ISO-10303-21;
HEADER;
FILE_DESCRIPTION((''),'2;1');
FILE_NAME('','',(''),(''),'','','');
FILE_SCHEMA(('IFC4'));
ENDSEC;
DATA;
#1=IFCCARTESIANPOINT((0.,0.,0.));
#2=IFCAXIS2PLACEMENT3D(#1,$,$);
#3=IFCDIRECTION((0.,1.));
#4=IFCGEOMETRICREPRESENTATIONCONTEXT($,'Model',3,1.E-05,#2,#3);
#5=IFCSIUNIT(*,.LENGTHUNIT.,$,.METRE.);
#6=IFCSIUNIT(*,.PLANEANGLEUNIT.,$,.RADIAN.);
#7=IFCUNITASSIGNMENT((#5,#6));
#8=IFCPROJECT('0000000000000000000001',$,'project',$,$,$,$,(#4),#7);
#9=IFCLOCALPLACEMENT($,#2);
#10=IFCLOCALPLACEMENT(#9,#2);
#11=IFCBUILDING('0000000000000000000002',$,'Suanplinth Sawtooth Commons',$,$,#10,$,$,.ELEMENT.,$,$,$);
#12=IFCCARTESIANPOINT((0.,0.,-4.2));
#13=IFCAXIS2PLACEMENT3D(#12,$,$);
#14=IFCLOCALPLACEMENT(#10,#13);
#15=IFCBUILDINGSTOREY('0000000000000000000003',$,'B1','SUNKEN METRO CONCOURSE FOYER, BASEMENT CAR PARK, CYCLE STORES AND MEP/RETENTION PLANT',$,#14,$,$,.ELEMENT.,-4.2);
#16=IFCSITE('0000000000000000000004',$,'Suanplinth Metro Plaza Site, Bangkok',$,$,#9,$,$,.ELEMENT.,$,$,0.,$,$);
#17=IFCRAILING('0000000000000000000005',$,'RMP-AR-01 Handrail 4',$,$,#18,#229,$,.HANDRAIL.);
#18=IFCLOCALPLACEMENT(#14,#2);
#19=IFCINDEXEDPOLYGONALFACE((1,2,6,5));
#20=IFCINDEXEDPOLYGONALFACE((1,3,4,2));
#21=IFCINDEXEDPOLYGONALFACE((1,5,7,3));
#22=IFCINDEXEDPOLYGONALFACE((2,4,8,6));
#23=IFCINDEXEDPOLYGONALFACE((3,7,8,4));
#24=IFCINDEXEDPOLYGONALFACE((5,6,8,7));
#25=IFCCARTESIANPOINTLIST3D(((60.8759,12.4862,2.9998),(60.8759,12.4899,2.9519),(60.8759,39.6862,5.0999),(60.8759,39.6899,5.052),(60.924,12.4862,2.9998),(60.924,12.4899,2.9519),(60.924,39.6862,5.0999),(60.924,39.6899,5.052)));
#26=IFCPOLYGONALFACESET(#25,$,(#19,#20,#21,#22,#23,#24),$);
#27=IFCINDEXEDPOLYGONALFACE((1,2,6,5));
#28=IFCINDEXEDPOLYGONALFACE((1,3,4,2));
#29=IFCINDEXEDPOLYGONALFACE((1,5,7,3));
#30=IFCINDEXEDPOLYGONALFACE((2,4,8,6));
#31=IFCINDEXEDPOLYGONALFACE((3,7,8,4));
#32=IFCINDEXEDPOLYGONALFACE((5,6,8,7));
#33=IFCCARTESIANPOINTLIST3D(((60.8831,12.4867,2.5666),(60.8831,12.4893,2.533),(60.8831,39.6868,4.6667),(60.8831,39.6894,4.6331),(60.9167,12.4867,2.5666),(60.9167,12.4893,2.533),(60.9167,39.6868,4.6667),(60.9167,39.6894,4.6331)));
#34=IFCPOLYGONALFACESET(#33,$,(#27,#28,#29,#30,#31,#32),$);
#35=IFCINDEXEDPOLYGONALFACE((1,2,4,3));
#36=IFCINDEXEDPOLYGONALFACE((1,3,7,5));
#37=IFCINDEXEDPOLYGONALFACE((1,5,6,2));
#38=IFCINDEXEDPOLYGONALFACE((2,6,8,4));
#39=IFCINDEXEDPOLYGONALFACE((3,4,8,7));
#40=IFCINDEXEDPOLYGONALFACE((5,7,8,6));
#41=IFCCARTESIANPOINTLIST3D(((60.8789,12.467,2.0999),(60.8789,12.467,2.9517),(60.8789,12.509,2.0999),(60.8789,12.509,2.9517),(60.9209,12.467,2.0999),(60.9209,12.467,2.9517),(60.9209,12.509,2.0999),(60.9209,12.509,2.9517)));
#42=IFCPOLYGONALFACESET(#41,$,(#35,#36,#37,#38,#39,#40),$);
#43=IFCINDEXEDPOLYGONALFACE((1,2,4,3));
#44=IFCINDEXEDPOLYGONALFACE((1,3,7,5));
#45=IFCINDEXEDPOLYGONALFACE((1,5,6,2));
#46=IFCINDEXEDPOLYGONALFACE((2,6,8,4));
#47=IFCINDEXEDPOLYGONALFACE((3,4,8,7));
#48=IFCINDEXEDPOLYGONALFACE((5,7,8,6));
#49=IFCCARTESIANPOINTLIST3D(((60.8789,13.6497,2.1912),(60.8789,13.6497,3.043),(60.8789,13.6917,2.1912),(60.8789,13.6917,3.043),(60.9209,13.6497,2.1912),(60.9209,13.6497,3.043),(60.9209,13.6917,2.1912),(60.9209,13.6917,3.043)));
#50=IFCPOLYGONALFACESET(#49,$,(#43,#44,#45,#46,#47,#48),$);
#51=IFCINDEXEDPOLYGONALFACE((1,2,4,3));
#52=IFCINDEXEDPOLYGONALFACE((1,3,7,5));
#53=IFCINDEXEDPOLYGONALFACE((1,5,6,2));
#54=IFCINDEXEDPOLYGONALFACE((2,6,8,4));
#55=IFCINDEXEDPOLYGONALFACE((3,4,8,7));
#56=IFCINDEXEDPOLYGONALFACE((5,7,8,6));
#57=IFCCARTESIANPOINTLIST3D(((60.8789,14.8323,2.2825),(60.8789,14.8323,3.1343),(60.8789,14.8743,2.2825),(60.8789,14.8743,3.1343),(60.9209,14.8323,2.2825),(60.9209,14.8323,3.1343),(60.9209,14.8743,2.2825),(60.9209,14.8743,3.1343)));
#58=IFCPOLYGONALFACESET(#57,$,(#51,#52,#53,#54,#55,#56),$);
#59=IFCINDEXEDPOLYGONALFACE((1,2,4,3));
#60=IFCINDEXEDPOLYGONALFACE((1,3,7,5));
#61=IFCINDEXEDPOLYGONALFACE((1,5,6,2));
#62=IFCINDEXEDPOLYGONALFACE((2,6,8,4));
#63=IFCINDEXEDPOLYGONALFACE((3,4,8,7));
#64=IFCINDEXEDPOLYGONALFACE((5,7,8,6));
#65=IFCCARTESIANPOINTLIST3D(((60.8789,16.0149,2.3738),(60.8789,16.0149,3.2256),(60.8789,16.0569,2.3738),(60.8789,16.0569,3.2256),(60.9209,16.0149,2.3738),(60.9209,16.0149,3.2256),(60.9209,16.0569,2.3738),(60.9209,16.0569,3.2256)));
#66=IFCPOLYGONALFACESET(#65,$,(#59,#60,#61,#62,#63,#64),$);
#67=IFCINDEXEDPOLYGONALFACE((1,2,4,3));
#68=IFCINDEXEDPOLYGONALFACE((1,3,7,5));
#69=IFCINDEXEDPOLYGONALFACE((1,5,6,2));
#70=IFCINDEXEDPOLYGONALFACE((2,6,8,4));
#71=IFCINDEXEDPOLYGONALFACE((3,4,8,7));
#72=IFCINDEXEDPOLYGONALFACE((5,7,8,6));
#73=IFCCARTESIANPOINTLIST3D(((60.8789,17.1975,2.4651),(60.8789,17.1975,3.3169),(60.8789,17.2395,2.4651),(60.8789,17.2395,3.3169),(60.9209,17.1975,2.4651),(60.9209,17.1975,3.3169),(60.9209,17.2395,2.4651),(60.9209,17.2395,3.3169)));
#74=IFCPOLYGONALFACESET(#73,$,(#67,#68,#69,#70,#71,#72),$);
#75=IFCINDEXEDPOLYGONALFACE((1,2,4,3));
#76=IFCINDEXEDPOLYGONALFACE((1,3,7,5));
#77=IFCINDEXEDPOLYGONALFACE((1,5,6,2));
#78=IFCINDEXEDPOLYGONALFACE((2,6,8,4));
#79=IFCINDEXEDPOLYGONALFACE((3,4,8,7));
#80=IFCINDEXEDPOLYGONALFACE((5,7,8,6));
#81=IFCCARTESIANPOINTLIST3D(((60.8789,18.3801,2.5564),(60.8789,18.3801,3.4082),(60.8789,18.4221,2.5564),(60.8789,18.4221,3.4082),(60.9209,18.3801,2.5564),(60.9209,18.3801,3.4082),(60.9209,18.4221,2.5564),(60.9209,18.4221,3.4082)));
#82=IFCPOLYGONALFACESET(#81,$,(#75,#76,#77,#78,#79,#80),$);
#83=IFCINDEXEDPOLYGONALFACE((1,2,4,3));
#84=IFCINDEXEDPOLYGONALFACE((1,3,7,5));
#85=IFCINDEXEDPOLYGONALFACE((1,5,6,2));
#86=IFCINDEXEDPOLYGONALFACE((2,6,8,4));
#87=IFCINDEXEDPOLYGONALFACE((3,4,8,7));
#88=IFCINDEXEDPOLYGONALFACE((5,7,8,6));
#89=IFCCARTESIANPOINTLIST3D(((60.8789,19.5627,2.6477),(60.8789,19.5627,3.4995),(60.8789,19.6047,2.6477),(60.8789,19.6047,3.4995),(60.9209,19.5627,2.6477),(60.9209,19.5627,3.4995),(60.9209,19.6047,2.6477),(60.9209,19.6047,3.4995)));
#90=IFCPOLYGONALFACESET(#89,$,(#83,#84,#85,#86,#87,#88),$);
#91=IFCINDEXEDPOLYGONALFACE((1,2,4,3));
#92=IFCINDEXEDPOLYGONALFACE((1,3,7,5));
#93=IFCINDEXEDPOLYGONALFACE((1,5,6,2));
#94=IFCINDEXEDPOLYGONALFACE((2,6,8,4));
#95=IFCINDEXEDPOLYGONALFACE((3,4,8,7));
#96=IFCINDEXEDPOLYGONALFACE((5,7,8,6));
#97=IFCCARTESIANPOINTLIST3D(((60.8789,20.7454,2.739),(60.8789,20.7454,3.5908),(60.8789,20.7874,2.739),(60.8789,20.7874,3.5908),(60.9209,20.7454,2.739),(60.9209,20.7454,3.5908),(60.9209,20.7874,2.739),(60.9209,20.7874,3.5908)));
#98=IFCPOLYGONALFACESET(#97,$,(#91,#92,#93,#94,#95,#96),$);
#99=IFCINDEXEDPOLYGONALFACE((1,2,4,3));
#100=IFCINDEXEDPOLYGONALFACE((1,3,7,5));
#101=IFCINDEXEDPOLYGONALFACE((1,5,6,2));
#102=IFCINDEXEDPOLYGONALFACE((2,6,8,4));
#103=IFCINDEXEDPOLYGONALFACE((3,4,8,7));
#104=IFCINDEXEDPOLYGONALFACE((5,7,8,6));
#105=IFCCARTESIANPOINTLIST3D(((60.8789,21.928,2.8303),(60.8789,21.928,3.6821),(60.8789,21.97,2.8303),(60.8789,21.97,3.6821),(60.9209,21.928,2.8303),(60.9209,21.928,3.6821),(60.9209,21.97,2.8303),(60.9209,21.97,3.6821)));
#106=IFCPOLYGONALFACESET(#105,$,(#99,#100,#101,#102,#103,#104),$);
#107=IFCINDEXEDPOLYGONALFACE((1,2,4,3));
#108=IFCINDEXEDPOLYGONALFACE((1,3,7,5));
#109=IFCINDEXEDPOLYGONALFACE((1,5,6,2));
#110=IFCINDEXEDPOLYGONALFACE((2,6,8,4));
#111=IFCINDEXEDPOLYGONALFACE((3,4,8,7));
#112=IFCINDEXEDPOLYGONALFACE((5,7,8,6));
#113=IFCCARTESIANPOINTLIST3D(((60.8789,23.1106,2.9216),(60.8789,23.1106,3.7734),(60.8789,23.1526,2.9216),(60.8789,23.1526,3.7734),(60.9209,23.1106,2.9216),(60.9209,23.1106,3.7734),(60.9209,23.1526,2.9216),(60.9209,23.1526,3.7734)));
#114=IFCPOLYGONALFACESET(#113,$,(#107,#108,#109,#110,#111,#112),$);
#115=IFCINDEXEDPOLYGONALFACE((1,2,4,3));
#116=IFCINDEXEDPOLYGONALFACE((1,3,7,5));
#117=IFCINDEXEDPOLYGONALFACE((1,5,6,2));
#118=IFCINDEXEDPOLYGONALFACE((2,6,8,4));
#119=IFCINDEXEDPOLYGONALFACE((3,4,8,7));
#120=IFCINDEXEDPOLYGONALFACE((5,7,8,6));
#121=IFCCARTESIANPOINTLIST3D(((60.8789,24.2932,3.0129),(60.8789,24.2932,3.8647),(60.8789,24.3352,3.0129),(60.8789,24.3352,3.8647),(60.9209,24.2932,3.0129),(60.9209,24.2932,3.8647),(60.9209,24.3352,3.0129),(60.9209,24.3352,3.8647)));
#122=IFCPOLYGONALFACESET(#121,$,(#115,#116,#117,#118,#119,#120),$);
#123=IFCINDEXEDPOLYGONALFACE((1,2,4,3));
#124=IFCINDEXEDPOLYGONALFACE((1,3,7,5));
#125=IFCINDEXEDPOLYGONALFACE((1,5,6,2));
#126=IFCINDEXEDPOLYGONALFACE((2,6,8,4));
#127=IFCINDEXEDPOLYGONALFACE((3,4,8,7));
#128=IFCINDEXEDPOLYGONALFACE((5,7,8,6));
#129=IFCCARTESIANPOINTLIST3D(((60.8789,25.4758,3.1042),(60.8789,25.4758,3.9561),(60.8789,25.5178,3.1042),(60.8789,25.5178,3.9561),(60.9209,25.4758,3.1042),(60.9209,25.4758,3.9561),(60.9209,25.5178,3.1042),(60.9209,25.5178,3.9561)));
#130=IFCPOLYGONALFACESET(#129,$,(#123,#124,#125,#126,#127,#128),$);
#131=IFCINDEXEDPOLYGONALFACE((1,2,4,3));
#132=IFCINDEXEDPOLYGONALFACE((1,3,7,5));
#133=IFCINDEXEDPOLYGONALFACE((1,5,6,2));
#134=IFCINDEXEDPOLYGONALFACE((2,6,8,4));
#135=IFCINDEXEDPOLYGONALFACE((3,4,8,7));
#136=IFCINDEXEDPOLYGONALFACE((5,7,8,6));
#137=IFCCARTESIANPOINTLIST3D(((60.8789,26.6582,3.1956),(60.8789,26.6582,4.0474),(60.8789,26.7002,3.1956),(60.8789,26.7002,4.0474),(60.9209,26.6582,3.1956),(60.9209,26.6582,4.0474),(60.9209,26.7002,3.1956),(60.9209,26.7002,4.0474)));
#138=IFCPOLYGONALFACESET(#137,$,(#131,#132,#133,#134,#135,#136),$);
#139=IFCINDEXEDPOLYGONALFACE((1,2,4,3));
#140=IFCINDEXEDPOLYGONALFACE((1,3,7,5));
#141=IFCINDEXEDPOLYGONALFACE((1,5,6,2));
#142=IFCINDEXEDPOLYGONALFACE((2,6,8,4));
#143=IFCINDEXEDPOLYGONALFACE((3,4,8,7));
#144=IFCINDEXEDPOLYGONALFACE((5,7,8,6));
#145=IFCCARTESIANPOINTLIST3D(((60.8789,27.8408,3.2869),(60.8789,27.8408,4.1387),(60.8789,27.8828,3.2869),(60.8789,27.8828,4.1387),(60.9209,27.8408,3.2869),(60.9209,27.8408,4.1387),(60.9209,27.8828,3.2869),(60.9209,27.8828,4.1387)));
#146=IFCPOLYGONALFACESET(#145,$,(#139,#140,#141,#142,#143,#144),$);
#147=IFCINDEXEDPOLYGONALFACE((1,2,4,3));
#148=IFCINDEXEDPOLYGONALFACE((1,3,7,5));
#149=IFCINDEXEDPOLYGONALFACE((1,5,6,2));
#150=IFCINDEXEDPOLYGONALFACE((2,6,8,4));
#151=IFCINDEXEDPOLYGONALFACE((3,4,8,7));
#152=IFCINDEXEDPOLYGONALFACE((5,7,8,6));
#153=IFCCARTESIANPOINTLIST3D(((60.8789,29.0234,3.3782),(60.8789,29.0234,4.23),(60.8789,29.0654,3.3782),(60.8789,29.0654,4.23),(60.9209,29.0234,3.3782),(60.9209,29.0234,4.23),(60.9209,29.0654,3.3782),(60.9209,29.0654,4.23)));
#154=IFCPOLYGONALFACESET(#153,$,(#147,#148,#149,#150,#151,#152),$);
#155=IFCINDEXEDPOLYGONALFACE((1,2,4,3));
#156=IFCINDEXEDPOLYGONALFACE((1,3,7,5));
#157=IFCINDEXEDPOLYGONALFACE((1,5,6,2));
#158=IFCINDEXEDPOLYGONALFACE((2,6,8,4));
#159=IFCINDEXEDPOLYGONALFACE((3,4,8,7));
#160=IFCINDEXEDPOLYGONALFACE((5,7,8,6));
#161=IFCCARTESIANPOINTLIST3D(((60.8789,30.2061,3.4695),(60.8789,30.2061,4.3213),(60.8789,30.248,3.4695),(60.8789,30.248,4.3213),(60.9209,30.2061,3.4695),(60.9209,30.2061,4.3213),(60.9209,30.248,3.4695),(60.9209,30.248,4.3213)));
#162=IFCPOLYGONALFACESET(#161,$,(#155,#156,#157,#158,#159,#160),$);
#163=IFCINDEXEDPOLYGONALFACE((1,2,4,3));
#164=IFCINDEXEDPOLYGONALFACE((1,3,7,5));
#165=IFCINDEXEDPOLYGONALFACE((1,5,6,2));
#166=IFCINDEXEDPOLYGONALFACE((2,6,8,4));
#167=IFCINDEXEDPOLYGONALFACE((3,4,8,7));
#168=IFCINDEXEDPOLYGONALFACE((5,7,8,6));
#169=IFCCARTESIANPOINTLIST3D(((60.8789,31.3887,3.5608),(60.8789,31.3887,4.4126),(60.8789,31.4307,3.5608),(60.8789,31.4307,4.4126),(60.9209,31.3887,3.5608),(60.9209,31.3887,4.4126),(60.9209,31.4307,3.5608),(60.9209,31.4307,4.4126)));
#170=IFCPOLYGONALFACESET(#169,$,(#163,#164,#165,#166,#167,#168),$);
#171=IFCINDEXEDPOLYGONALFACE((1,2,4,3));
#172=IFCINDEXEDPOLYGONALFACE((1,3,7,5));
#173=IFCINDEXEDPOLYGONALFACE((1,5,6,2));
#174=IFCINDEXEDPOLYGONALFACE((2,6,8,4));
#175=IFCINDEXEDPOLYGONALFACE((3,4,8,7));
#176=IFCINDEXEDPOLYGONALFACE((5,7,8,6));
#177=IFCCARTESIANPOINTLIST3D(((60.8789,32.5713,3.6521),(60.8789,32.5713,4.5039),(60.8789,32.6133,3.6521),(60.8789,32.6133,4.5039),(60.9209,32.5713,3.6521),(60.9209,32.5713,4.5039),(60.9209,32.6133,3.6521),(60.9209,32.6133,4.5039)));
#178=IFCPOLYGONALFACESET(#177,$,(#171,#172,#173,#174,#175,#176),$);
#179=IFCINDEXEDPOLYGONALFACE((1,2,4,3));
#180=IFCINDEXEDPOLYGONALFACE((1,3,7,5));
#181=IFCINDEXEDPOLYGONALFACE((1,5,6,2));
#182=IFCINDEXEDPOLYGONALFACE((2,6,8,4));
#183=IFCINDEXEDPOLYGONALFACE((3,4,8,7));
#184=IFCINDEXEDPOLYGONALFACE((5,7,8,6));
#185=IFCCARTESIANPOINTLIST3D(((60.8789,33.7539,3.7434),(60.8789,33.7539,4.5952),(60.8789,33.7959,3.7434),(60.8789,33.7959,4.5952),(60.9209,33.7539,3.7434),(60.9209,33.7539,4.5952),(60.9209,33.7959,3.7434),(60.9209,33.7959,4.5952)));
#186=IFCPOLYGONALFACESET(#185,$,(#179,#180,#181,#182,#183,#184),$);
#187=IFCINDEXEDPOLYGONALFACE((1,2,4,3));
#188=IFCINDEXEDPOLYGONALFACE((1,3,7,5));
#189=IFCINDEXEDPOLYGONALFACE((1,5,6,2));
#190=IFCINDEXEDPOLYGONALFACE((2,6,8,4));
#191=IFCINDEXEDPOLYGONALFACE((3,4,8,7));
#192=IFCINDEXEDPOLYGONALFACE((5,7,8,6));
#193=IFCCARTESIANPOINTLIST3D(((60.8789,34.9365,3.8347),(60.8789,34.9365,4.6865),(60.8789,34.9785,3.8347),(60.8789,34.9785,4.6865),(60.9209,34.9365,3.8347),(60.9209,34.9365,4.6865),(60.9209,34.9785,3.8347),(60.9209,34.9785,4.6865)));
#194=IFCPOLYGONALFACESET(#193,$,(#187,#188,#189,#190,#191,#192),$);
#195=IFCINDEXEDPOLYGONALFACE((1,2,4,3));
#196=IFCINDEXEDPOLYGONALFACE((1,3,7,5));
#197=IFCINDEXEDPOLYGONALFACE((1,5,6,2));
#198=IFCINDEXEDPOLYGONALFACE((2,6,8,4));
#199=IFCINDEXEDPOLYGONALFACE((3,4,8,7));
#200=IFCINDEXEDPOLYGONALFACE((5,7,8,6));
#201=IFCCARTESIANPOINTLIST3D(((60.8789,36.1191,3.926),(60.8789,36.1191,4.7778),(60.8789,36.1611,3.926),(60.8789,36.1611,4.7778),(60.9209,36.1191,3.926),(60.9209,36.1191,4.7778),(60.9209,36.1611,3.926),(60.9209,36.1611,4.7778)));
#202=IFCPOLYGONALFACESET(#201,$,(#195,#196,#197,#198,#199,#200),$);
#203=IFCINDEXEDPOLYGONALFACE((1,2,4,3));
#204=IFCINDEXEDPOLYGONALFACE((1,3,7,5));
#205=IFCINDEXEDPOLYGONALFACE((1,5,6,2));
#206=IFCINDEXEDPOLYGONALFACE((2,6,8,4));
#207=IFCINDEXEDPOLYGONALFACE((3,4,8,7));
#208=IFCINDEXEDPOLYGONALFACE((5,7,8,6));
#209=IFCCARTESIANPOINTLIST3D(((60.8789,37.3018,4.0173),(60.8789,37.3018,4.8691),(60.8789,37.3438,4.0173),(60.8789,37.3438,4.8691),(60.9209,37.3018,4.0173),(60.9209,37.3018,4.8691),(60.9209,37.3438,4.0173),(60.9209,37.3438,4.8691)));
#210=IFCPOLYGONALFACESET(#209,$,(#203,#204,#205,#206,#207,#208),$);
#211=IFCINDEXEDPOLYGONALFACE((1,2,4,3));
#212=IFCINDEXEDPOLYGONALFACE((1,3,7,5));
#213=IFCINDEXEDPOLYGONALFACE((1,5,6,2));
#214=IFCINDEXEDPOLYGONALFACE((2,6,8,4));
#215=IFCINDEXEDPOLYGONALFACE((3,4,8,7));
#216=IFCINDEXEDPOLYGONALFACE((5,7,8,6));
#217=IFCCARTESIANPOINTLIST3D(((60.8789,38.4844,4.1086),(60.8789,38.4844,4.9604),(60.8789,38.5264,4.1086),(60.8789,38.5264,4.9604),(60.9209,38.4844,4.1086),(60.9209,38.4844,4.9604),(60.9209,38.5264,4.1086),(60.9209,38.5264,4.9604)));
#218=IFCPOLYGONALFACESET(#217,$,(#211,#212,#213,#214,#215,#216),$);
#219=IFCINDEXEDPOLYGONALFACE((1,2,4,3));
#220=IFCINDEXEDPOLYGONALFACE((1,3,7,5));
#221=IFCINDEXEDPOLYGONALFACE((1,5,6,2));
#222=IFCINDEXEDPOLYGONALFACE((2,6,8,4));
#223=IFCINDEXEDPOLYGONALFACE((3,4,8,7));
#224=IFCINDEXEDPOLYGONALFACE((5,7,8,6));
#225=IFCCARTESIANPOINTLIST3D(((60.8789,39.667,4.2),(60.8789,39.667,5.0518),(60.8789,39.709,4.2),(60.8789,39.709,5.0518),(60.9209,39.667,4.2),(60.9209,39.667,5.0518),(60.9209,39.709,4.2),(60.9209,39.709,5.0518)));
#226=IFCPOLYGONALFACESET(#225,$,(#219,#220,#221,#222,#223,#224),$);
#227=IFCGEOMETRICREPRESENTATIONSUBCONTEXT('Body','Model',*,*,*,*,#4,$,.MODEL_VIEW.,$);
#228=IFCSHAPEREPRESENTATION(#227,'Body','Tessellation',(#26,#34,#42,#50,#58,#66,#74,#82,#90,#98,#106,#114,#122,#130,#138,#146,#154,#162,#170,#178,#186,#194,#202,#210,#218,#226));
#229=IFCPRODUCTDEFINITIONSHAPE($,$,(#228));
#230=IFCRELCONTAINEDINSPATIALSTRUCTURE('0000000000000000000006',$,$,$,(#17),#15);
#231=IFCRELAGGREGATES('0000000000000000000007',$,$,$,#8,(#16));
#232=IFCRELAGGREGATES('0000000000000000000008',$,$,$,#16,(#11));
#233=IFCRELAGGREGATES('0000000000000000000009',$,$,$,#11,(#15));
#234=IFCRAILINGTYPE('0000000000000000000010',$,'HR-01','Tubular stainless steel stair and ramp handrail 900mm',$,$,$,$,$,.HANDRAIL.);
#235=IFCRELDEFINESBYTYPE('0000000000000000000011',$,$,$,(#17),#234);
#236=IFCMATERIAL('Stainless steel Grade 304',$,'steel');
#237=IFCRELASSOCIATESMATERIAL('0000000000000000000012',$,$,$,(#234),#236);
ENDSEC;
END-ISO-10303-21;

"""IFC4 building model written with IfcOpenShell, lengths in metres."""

from ifc_helpers import new_model, si_unit, direction, frame, origin, origin_2d, place, context, subcontext, project, spatial, rectangle, extrude, material, type_object, element, save


model = new_model("IFC4")

# Units and contexts
model_context = context("Model", 3, precision=1e-05, world=origin(), true_north=direction((0.0, 1.0)))
body_context = subcontext(model_context, "Body", "Model", "MODEL_VIEW")
ifc_project = project(units=[si_unit("LENGTHUNIT", "METRE"), si_unit("PLANEANGLEUNIT", "RADIAN")], contexts=[model_context])

# Site, building, storey
site_placement = place(None, origin())
site = spatial("IfcSite", under=ifc_project, at=site_placement, Name="Suanplinth Metro Plaza Site, Bangkok", CompositionType="ELEMENT", RefElevation=0.0)
building_placement = place(site_placement, origin())
building = spatial("IfcBuilding", under=site, at=building_placement, Name="Suanplinth Sawtooth Commons", CompositionType="ELEMENT")
storey_placement = place(building_placement, frame((0.0, 0.0, -4.2)))
storey = spatial("IfcBuildingStorey", under=building, at=storey_placement, Name="B1", Description="SUNKEN METRO CONCOURSE FOYER, BASEMENT CAR PARK, CYCLE STORES AND MEP/RETENTION PLANT", CompositionType="ELEMENT", Elevation=-4.2)

# Railing
ifc_material_1 = material(Name="Stainless steel Grade 304", Category="steel")
railing_type_1 = type_object("IfcRailingType", Name="HR-01", Description="Tubular stainless steel stair and ramp handrail 900mm", PredefinedType="HANDRAIL", material=ifc_material_1)
railing_1_placement = place(storey_placement, frame((60.8999, 12.488, 2.0999)))
element("IfcRailing", 1, at=railing_1_placement, inside=storey, type_object=railing_type_1, Name="RMP-AR-01 Handrail 4", PredefinedType="HANDRAIL", context=body_context, shape_type="SweptSolid", body=[
    extrude(rectangle(XDim=0.0481, YDim=0.0481, at=origin_2d()), frame((0.0, 0.0, 0.876), z_axis=(0.0, 0.997033, 0.07698), x_axis=(-1.0, 0.0, 0.0)), (0.0, 0.0, 1.0), 27.281),
    extrude(rectangle(XDim=0.0337, YDim=0.0337, at=origin_2d()), frame((0.0, 0.0, 0.45), z_axis=(0.0, 0.997033, 0.07698), x_axis=(-1.0, 0.0, 0.0)), (0.0, 0.0, 1.0), 27.281),
    extrude(rectangle(XDim=0.042, YDim=0.042, at=origin_2d()), origin(), (0.0, 0.0, 1.0), 0.8518),
    extrude(rectangle(XDim=0.042, YDim=0.042, at=origin_2d()), frame((0.0, 1.1826, 0.0913)), (0.0, 0.0, 1.0), 0.8518),
    extrude(rectangle(XDim=0.042, YDim=0.042, at=origin_2d()), frame((0.0, 2.3652, 0.1826)), (0.0, 0.0, 1.0), 0.8518),
    extrude(rectangle(XDim=0.042, YDim=0.042, at=origin_2d()), frame((0.0, 3.5479, 0.2739)), (0.0, 0.0, 1.0), 0.8518),
    extrude(rectangle(XDim=0.042, YDim=0.042, at=origin_2d()), frame((0.0, 4.7305, 0.3652)), (0.0, 0.0, 1.0), 0.8518),
    extrude(rectangle(XDim=0.042, YDim=0.042, at=origin_2d()), frame((0.0, 5.9131, 0.4565)), (0.0, 0.0, 1.0), 0.8518),
    extrude(rectangle(XDim=0.042, YDim=0.042, at=origin_2d()), frame((0.0, 7.0957, 0.5479)), (0.0, 0.0, 1.0), 0.8518),
    extrude(rectangle(XDim=0.042, YDim=0.042, at=origin_2d()), frame((0.0, 8.2783, 0.6392)), (0.0, 0.0, 1.0), 0.8518),
    extrude(rectangle(XDim=0.042, YDim=0.042, at=origin_2d()), frame((0.0, 9.4609, 0.7305)), (0.0, 0.0, 1.0), 0.8518),
    extrude(rectangle(XDim=0.042, YDim=0.042, at=origin_2d()), frame((0.0, 10.6436, 0.8218)), (0.0, 0.0, 1.0), 0.8518),
    extrude(rectangle(XDim=0.042, YDim=0.042, at=origin_2d()), frame((0.0, 11.8262, 0.9131)), (0.0, 0.0, 1.0), 0.8518),
    extrude(rectangle(XDim=0.042, YDim=0.042, at=origin_2d()), frame((0.0, 13.0088, 1.0044)), (0.0, 0.0, 1.0), 0.8518),
    extrude(rectangle(XDim=0.042, YDim=0.042, at=origin_2d()), frame((0.0, 14.1912, 1.0957)), (0.0, 0.0, 1.0), 0.8518),
    extrude(rectangle(XDim=0.042, YDim=0.042, at=origin_2d()), frame((0.0, 15.3738, 1.187)), (0.0, 0.0, 1.0), 0.8518),
    extrude(rectangle(XDim=0.042, YDim=0.042, at=origin_2d()), frame((0.0, 16.5564, 1.2783)), (0.0, 0.0, 1.0), 0.8518),
    extrude(rectangle(XDim=0.042, YDim=0.042, at=origin_2d()), frame((0.0, 17.739, 1.3696)), (0.0, 0.0, 1.0), 0.8518),
    extrude(rectangle(XDim=0.042, YDim=0.042, at=origin_2d()), frame((0.0, 18.9216, 1.4609)), (0.0, 0.0, 1.0), 0.8518),
    extrude(rectangle(XDim=0.042, YDim=0.042, at=origin_2d()), frame((0.0, 20.1042, 1.5522)), (0.0, 0.0, 1.0), 0.8518),
    extrude(rectangle(XDim=0.042, YDim=0.042, at=origin_2d()), frame((0.0, 21.2869, 1.6436)), (0.0, 0.0, 1.0), 0.8518),
    extrude(rectangle(XDim=0.042, YDim=0.042, at=origin_2d()), frame((0.0, 22.4695, 1.7349)), (0.0, 0.0, 1.0), 0.8518),
    extrude(rectangle(XDim=0.042, YDim=0.042, at=origin_2d()), frame((0.0, 23.6521, 1.8262)), (0.0, 0.0, 1.0), 0.8518),
    extrude(rectangle(XDim=0.042, YDim=0.042, at=origin_2d()), frame((0.0, 24.8347, 1.9175)), (0.0, 0.0, 1.0), 0.8518),
    extrude(rectangle(XDim=0.042, YDim=0.042, at=origin_2d()), frame((0.0, 26.0173, 2.0088)), (0.0, 0.0, 1.0), 0.8518),
    extrude(rectangle(XDim=0.042, YDim=0.042, at=origin_2d()), frame((0.0, 27.2, 2.1001)), (0.0, 0.0, 1.0), 0.8518),
])

save(model, "model.ifc")
